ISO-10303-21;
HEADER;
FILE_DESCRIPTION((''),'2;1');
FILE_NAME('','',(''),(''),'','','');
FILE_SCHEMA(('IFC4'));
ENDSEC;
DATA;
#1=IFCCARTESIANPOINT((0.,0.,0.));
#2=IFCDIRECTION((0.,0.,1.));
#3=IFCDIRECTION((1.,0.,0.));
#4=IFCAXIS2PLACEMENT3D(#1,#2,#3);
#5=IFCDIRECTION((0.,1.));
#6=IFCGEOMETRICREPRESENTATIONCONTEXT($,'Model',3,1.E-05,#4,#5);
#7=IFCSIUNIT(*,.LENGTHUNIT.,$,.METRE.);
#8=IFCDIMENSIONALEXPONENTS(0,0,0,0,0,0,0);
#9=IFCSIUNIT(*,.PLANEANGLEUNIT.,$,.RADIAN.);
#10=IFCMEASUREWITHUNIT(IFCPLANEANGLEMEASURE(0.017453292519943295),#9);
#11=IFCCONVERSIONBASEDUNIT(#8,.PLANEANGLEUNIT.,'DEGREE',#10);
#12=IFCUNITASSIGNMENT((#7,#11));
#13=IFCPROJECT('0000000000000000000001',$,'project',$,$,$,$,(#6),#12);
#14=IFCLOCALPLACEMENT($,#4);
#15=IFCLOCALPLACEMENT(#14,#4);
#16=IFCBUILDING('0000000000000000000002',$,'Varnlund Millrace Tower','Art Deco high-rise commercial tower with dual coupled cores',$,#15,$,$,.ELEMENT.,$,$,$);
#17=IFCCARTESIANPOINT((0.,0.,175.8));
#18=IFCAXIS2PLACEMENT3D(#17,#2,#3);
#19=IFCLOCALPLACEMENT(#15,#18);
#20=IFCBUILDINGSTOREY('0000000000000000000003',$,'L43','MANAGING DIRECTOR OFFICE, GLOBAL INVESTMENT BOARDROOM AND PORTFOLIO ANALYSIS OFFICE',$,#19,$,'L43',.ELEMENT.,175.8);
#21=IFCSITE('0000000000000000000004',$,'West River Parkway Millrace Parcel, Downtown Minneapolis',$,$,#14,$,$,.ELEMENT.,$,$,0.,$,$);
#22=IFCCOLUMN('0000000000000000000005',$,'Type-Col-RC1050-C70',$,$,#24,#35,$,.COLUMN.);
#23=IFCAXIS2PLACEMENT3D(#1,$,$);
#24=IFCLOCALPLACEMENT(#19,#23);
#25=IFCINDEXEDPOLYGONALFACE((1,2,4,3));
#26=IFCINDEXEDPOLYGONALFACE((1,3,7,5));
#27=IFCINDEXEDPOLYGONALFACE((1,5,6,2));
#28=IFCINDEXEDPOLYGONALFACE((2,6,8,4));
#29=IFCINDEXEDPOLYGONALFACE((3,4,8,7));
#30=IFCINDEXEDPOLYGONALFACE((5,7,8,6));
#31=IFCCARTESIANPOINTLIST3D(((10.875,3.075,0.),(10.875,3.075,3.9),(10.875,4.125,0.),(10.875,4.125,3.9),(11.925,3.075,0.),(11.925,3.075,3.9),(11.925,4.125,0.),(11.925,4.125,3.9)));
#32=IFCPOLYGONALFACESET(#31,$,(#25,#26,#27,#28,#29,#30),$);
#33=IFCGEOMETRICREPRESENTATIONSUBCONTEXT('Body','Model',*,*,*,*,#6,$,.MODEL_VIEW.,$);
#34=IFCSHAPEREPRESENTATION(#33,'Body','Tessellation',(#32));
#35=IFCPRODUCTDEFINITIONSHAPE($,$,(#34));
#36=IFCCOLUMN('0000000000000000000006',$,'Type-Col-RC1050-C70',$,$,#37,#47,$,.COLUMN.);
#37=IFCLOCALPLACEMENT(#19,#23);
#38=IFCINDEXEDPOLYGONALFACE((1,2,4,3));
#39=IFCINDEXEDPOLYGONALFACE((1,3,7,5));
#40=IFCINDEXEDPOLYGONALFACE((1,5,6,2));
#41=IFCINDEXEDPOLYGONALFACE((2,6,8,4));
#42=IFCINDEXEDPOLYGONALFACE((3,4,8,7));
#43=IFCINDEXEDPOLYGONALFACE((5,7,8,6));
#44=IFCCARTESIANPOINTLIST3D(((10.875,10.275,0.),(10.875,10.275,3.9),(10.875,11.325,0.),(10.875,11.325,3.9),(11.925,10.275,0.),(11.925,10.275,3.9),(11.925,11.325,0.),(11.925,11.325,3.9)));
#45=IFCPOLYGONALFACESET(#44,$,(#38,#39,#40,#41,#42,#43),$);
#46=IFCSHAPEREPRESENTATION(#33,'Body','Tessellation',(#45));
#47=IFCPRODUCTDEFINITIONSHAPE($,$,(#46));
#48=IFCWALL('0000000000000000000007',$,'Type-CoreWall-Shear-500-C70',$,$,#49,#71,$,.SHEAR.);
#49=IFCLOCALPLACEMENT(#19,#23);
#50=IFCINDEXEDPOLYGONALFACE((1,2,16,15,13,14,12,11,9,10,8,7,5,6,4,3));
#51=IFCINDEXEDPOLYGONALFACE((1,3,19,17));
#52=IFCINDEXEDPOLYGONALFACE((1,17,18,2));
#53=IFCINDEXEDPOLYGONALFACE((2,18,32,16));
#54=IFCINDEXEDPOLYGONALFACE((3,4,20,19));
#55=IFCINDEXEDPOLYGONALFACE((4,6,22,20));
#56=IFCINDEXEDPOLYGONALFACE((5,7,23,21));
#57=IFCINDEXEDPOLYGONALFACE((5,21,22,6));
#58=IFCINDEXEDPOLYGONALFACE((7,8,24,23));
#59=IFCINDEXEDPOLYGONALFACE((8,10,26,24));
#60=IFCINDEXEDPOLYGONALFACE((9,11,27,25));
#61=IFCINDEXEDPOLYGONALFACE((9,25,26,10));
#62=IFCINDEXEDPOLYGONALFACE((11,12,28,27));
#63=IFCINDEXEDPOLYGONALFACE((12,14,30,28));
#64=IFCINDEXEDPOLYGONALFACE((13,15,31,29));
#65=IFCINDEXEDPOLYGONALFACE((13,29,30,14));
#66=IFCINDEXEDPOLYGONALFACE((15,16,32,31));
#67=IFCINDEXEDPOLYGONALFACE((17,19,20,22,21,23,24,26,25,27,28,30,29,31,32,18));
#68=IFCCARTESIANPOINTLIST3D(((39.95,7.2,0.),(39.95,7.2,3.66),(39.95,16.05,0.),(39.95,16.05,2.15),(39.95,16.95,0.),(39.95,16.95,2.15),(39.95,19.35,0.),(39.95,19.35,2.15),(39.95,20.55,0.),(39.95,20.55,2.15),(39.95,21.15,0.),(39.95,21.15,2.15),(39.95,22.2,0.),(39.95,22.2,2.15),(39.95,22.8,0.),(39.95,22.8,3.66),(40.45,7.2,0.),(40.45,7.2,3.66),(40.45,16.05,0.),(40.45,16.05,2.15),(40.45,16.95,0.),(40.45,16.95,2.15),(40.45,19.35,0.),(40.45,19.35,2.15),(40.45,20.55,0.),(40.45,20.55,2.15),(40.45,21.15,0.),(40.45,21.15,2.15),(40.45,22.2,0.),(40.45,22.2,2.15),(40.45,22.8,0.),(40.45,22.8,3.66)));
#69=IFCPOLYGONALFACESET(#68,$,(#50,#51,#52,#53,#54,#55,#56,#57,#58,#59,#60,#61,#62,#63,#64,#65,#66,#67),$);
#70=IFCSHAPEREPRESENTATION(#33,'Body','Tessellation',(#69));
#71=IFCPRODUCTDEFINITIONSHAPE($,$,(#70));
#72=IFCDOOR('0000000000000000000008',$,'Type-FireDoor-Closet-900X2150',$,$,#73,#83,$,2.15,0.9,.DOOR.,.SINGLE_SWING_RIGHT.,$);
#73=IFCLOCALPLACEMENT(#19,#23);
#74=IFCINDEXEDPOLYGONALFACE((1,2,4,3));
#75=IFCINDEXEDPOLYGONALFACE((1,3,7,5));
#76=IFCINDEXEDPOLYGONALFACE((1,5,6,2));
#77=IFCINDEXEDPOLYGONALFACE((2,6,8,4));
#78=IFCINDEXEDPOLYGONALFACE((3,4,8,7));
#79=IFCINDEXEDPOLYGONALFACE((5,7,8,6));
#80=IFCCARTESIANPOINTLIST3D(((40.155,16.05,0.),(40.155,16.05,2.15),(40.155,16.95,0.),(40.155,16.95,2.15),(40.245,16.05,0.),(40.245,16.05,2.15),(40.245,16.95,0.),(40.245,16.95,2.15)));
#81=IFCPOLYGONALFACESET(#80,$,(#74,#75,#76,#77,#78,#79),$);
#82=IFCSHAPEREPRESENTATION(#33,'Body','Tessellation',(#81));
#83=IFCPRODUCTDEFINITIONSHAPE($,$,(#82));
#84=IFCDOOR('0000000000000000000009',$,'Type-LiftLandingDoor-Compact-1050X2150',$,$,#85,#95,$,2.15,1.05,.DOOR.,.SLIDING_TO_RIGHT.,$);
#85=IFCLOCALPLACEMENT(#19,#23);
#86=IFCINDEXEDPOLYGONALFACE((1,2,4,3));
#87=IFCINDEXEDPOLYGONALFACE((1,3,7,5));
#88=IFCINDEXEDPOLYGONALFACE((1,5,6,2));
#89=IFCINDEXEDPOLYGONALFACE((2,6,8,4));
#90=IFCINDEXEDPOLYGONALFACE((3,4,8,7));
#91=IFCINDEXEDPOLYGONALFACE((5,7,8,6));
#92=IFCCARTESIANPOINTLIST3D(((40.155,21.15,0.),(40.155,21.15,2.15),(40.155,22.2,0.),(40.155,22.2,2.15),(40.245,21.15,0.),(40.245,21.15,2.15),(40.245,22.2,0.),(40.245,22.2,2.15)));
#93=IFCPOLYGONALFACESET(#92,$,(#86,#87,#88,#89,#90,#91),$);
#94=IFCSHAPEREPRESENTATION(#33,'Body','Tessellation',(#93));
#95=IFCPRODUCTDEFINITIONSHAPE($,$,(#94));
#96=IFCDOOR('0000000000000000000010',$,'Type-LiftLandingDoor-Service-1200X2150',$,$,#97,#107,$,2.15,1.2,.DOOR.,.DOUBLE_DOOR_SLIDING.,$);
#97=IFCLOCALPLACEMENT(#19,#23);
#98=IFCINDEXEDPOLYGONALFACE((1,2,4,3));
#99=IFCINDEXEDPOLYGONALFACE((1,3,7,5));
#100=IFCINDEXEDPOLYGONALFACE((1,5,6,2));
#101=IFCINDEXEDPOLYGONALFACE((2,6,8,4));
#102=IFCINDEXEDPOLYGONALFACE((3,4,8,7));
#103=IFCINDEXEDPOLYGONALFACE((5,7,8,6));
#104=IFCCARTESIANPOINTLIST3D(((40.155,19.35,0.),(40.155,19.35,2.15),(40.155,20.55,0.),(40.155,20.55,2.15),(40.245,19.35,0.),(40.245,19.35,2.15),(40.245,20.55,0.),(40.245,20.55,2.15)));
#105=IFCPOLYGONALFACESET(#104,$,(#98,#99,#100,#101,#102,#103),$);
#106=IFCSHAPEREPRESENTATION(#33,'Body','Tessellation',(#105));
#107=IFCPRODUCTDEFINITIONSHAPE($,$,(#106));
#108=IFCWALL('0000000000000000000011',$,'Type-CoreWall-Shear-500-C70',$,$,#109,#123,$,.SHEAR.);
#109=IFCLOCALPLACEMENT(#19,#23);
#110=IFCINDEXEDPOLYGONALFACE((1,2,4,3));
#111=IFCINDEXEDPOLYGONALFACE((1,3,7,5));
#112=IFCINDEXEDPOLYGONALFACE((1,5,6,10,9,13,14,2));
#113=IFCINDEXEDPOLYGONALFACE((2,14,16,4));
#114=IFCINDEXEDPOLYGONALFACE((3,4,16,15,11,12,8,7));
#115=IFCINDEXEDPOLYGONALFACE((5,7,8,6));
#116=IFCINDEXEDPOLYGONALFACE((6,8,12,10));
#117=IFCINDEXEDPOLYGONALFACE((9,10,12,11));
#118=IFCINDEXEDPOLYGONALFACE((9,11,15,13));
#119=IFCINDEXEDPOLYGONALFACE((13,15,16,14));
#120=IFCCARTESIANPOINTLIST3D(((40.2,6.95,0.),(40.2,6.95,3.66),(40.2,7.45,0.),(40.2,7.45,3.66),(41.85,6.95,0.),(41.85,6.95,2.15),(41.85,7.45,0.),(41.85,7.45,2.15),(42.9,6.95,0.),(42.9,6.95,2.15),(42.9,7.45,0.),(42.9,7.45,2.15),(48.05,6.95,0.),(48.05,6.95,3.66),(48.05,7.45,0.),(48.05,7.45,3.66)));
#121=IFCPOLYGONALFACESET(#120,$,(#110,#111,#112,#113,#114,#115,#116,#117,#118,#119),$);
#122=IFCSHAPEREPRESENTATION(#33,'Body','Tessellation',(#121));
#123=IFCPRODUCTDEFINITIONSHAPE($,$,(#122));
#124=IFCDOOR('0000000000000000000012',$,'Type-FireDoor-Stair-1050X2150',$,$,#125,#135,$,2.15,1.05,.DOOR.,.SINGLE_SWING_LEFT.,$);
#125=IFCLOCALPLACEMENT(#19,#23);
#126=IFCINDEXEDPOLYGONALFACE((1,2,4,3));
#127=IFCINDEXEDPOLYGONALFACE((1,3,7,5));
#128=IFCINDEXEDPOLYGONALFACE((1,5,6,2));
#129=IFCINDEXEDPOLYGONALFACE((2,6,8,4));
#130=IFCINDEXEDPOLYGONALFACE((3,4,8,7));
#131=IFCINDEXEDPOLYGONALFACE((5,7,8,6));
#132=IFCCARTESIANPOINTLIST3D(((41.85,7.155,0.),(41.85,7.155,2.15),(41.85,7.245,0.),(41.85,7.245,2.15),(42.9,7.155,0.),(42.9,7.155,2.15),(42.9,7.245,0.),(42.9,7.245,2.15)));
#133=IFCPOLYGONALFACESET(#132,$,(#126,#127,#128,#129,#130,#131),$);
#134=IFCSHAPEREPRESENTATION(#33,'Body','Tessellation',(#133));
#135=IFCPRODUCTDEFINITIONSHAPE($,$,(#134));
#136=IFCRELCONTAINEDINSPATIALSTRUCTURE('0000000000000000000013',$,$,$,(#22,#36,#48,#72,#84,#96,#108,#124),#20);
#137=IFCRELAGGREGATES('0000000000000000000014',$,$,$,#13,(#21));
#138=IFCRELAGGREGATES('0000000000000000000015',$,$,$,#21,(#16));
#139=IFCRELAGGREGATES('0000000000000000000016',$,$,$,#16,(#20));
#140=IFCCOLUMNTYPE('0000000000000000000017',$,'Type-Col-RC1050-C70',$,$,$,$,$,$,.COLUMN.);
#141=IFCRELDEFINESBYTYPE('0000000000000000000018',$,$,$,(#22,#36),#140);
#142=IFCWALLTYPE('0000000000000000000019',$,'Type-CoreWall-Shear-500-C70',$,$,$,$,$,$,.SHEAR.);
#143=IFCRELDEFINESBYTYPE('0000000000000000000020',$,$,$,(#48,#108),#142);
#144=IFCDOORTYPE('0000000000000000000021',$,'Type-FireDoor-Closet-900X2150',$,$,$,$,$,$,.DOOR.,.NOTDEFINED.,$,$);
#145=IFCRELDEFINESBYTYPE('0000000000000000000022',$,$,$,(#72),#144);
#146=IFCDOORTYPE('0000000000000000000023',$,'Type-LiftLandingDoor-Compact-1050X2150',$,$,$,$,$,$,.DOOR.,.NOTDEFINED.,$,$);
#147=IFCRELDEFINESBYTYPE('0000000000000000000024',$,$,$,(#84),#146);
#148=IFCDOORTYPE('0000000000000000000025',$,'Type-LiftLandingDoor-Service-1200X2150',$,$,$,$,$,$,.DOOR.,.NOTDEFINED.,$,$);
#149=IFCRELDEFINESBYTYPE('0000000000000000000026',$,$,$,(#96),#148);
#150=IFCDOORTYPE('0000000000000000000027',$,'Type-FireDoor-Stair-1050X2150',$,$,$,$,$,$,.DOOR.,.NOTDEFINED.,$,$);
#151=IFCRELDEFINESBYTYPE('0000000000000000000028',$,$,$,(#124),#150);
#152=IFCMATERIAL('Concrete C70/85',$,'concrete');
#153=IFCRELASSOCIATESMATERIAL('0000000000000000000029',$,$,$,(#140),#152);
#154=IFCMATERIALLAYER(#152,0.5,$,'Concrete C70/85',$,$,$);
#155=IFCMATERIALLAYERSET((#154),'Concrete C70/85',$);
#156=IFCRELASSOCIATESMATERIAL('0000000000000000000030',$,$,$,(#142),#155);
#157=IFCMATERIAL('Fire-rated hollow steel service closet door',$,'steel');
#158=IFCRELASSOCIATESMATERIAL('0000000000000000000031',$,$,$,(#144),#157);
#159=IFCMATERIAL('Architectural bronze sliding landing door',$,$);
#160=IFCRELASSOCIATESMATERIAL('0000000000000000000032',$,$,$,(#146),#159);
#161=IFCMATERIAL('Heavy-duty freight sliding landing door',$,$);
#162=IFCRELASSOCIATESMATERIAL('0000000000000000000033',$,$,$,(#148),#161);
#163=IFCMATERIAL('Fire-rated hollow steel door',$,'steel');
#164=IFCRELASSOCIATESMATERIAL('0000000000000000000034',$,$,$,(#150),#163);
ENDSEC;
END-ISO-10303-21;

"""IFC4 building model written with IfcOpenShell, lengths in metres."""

from ifc_helpers import new_model, entity, si_unit, converted_unit, direction, frame, origin_with_axes, origin_2d_with_axis, place, context, subcontext, project, spatial, polyline, rectangle, outline, extrude, material, layer, layer_set, material_profile, profile_set, type_object, element, fill, save


model = new_model("IFC4")

# Units and contexts
model_context = context("Model", 3, precision=1e-05, world=origin_with_axes(), true_north=direction((0.0, 1.0)))
body_context = subcontext(model_context, "Body", "Model", "MODEL_VIEW")
ifc_project = project(units=[si_unit("LENGTHUNIT", "METRE"), converted_unit("PLANEANGLEUNIT", "DEGREE", entity("IfcPlaneAngleMeasure", 0.017453292519943295), si_unit("PLANEANGLEUNIT", "RADIAN"), dimensions=[0, 0, 0, 0, 0, 0, 0])], contexts=[model_context])

# Site, building, storey
site_placement = place(None, origin_with_axes())
site = spatial("IfcSite", under=ifc_project, at=site_placement, Name="West River Parkway Millrace Parcel, Downtown Minneapolis", CompositionType="ELEMENT", RefElevation=0.0)
building_placement = place(site_placement, origin_with_axes())
building = spatial("IfcBuilding", under=site, at=building_placement, Name="Varnlund Millrace Tower", Description="Art Deco high-rise commercial tower with dual coupled cores", CompositionType="ELEMENT")
storey_placement = place(building_placement, frame((0.0, 0.0, 175.8), z_axis=(0.0, 0.0, 1.0), x_axis=(1.0, 0.0, 0.0)))
storey = spatial("IfcBuildingStorey", under=building, at=storey_placement, Name="L43", Description="MANAGING DIRECTOR OFFICE, GLOBAL INVESTMENT BOARDROOM AND PORTFOLIO ANALYSIS OFFICE", LongName="L43", CompositionType="ELEMENT", Elevation=175.8)

# Columns
ifc_material_1 = material(Name="Concrete C70/85", Category="concrete")
ifc_material_profile = material_profile(ifc_material_1, rectangle(XDim=1.05, YDim=1.05, at=origin_2d_with_axis()), Name="Concrete C70/85")
ifc_profile_set = profile_set([ifc_material_profile], Name="Concrete C70/85")
column_type = type_object("IfcColumnType", Name="Type-Col-RC1050-C70", PredefinedType="COLUMN", material=ifc_profile_set)
for number, where, z_axis, x_axis, name in (
    (1, (11.4, 3.6, 0.0), (0.0, 0.0, 1.0), (1.0, 0.0, 0.0), "Type-Col-RC1050-C70"),
    (2, (11.4, 10.8, 0.0), (0.0, 0.0, 1.0), (1.0, 0.0, 0.0), "Type-Col-RC1050-C70"),
):
    element("IfcColumn", number, at=place(storey_placement, frame(where, z_axis=z_axis, x_axis=x_axis)), inside=storey, type_object=column_type, Name=name, PredefinedType="COLUMN", context=body_context, shape_type="SweptSolid", body=[
        extrude(rectangle(XDim=1.05, YDim=1.05, at=origin_2d_with_axis()), origin_with_axes(), (0.0, 0.0, 1.0), 3.9),
    ])

# Wall, openings, doors
ifc_layer_1 = layer(ifc_material_1, 0.5, Name="Concrete C70/85")
ifc_layer_set_1 = layer_set([ifc_layer_1], Name="Concrete C70/85")
wall_type_1 = type_object("IfcWallType", Name="Type-CoreWall-Shear-500-C70", PredefinedType="SHEAR", material=ifc_layer_set_1)
wall_1_placement = place(storey_placement, frame((40.2, 7.2, 0.0), z_axis=(0.0, 0.0, 1.0), x_axis=(0.0, 1.0, 0.0)))
wall_1 = element("IfcWall", 3, at=wall_1_placement, inside=storey, type_object=wall_type_1, Name="Type-CoreWall-Shear-500-C70", PredefinedType="SHEAR", context=body_context, shape_type="SweptSolid", body=[
    extrude(outline(polyline([(0.0, -0.25), (15.6, -0.25), (15.6, 0.25), (0.0, 0.25), (0.0, -0.25)])), origin_with_axes(), (0.0, 0.0, 1.0), 3.66),
])
opening_1_placement = place(wall_1_placement, frame((14.475, 0.0, 0.0), z_axis=(0.0, 0.0, 1.0), x_axis=(1.0, 0.0, 0.0)))
opening_1 = element("IfcOpeningElement", 4, at=opening_1_placement, cuts=wall_1, PredefinedType="OPENING", context=body_context, shape_type="SweptSolid", body=[
    extrude(rectangle(XDim=1.05, YDim=0.52, at=origin_2d_with_axis()), origin_with_axes(), (0.0, 0.0, 1.0), 2.15),
])
opening_2_placement = place(wall_1_placement, frame((12.75, 0.0, 0.0), z_axis=(0.0, 0.0, 1.0), x_axis=(1.0, 0.0, 0.0)))
opening_2 = element("IfcOpeningElement", 5, at=opening_2_placement, cuts=wall_1, PredefinedType="OPENING", context=body_context, shape_type="SweptSolid", body=[
    extrude(rectangle(XDim=1.2, YDim=0.52, at=origin_2d_with_axis()), origin_with_axes(), (0.0, 0.0, 1.0), 2.15),
])
opening_3_placement = place(wall_1_placement, frame((9.3, 0.0, 0.0), z_axis=(0.0, 0.0, 1.0), x_axis=(1.0, 0.0, 0.0)))
opening_3 = element("IfcOpeningElement", 6, at=opening_3_placement, cuts=wall_1, PredefinedType="OPENING", context=body_context, shape_type="SweptSolid", body=[
    extrude(rectangle(XDim=0.9, YDim=0.52, at=origin_2d_with_axis()), origin_with_axes(), (0.0, 0.0, 1.0), 2.15),
])
ifc_material_2 = material(Name="Fire-rated hollow steel service closet door", Category="steel")
door_type_1 = type_object("IfcDoorType", Name="Type-FireDoor-Closet-900X2150", OperationType="NOTDEFINED", PredefinedType="DOOR", material=ifc_material_2)
door_1_placement = place(wall_1_placement, frame((9.3, 0.0, 0.0), z_axis=(0.0, 0.0, 1.0), x_axis=(1.0, 0.0, 0.0)))
door_1 = element("IfcDoor", 7, at=door_1_placement, inside=storey, type_object=door_type_1, Name="Type-FireDoor-Closet-900X2150", OperationType="SINGLE_SWING_RIGHT", OverallHeight=2.15, OverallWidth=0.9, PredefinedType="DOOR", context=body_context, shape_type="SweptSolid", body=[
    extrude(rectangle(XDim=0.9, YDim=0.09, at=origin_2d_with_axis()), origin_with_axes(), (0.0, 0.0, 1.0), 2.15),
])
fill(opening_3, door_1)
ifc_material_3 = material(Name="Architectural bronze sliding landing door")
door_type_2 = type_object("IfcDoorType", Name="Type-LiftLandingDoor-Compact-1050X2150", OperationType="NOTDEFINED", PredefinedType="DOOR", material=ifc_material_3)
door_2_placement = place(wall_1_placement, frame((14.475, 0.0, 0.0), z_axis=(0.0, 0.0, 1.0), x_axis=(1.0, 0.0, 0.0)))
door_2 = element("IfcDoor", 8, at=door_2_placement, inside=storey, type_object=door_type_2, Name="Type-LiftLandingDoor-Compact-1050X2150", OperationType="SLIDING_TO_RIGHT", OverallHeight=2.15, OverallWidth=1.05, PredefinedType="DOOR", context=body_context, shape_type="SweptSolid", body=[
    extrude(rectangle(XDim=1.05, YDim=0.09, at=origin_2d_with_axis()), origin_with_axes(), (0.0, 0.0, 1.0), 2.15),
])
fill(opening_1, door_2)
ifc_material_4 = material(Name="Heavy-duty freight sliding landing door")
door_type_3 = type_object("IfcDoorType", Name="Type-LiftLandingDoor-Service-1200X2150", OperationType="NOTDEFINED", PredefinedType="DOOR", material=ifc_material_4)
door_3_placement = place(wall_1_placement, frame((12.75, 0.0, 0.0), z_axis=(0.0, 0.0, 1.0), x_axis=(1.0, 0.0, 0.0)))
door_3 = element("IfcDoor", 9, at=door_3_placement, inside=storey, type_object=door_type_3, Name="Type-LiftLandingDoor-Service-1200X2150", OperationType="DOUBLE_DOOR_SLIDING", OverallHeight=2.15, OverallWidth=1.2, PredefinedType="DOOR", context=body_context, shape_type="SweptSolid", body=[
    extrude(rectangle(XDim=1.2, YDim=0.09, at=origin_2d_with_axis()), origin_with_axes(), (0.0, 0.0, 1.0), 2.15),
])
fill(opening_2, door_3)

# Wall, opening, door
wall_2_placement = place(storey_placement, frame((40.2, 7.2, 0.0), z_axis=(0.0, 0.0, 1.0), x_axis=(1.0, 0.0, 0.0)))
wall_2 = element("IfcWall", 10, at=wall_2_placement, inside=storey, type_object=wall_type_1, Name="Type-CoreWall-Shear-500-C70", PredefinedType="SHEAR", context=body_context, shape_type="SweptSolid", body=[
    extrude(outline(polyline([(0.0, -0.25), (7.85, -0.25), (7.85, 0.25), (0.0, 0.25), (0.0, -0.25)])), origin_with_axes(), (0.0, 0.0, 1.0), 3.66),
])
opening_4_placement = place(wall_2_placement, frame((2.175, 0.0, 0.0), z_axis=(0.0, 0.0, 1.0), x_axis=(1.0, 0.0, 0.0)))
opening_4 = element("IfcOpeningElement", 11, at=opening_4_placement, cuts=wall_2, PredefinedType="OPENING", context=body_context, shape_type="SweptSolid", body=[
    extrude(rectangle(XDim=1.05, YDim=0.52, at=origin_2d_with_axis()), origin_with_axes(), (0.0, 0.0, 1.0), 2.15),
])
ifc_material_5 = material(Name="Fire-rated hollow steel door", Category="steel")
door_type_4 = type_object("IfcDoorType", Name="Type-FireDoor-Stair-1050X2150", OperationType="NOTDEFINED", PredefinedType="DOOR", material=ifc_material_5)
door_4_placement = place(wall_2_placement, frame((2.175, 0.0, 0.0), z_axis=(0.0, 0.0, 1.0), x_axis=(1.0, 0.0, 0.0)))
door_4 = element("IfcDoor", 12, at=door_4_placement, inside=storey, type_object=door_type_4, Name="Type-FireDoor-Stair-1050X2150", OperationType="SINGLE_SWING_LEFT", OverallHeight=2.15, OverallWidth=1.05, PredefinedType="DOOR", context=body_context, shape_type="SweptSolid", body=[
    extrude(rectangle(XDim=1.05, YDim=0.09, at=origin_2d_with_axis()), origin_with_axes(), (0.0, 0.0, 1.0), 2.15),
])
fill(opening_4, door_4)

save(model, "model.ifc")
